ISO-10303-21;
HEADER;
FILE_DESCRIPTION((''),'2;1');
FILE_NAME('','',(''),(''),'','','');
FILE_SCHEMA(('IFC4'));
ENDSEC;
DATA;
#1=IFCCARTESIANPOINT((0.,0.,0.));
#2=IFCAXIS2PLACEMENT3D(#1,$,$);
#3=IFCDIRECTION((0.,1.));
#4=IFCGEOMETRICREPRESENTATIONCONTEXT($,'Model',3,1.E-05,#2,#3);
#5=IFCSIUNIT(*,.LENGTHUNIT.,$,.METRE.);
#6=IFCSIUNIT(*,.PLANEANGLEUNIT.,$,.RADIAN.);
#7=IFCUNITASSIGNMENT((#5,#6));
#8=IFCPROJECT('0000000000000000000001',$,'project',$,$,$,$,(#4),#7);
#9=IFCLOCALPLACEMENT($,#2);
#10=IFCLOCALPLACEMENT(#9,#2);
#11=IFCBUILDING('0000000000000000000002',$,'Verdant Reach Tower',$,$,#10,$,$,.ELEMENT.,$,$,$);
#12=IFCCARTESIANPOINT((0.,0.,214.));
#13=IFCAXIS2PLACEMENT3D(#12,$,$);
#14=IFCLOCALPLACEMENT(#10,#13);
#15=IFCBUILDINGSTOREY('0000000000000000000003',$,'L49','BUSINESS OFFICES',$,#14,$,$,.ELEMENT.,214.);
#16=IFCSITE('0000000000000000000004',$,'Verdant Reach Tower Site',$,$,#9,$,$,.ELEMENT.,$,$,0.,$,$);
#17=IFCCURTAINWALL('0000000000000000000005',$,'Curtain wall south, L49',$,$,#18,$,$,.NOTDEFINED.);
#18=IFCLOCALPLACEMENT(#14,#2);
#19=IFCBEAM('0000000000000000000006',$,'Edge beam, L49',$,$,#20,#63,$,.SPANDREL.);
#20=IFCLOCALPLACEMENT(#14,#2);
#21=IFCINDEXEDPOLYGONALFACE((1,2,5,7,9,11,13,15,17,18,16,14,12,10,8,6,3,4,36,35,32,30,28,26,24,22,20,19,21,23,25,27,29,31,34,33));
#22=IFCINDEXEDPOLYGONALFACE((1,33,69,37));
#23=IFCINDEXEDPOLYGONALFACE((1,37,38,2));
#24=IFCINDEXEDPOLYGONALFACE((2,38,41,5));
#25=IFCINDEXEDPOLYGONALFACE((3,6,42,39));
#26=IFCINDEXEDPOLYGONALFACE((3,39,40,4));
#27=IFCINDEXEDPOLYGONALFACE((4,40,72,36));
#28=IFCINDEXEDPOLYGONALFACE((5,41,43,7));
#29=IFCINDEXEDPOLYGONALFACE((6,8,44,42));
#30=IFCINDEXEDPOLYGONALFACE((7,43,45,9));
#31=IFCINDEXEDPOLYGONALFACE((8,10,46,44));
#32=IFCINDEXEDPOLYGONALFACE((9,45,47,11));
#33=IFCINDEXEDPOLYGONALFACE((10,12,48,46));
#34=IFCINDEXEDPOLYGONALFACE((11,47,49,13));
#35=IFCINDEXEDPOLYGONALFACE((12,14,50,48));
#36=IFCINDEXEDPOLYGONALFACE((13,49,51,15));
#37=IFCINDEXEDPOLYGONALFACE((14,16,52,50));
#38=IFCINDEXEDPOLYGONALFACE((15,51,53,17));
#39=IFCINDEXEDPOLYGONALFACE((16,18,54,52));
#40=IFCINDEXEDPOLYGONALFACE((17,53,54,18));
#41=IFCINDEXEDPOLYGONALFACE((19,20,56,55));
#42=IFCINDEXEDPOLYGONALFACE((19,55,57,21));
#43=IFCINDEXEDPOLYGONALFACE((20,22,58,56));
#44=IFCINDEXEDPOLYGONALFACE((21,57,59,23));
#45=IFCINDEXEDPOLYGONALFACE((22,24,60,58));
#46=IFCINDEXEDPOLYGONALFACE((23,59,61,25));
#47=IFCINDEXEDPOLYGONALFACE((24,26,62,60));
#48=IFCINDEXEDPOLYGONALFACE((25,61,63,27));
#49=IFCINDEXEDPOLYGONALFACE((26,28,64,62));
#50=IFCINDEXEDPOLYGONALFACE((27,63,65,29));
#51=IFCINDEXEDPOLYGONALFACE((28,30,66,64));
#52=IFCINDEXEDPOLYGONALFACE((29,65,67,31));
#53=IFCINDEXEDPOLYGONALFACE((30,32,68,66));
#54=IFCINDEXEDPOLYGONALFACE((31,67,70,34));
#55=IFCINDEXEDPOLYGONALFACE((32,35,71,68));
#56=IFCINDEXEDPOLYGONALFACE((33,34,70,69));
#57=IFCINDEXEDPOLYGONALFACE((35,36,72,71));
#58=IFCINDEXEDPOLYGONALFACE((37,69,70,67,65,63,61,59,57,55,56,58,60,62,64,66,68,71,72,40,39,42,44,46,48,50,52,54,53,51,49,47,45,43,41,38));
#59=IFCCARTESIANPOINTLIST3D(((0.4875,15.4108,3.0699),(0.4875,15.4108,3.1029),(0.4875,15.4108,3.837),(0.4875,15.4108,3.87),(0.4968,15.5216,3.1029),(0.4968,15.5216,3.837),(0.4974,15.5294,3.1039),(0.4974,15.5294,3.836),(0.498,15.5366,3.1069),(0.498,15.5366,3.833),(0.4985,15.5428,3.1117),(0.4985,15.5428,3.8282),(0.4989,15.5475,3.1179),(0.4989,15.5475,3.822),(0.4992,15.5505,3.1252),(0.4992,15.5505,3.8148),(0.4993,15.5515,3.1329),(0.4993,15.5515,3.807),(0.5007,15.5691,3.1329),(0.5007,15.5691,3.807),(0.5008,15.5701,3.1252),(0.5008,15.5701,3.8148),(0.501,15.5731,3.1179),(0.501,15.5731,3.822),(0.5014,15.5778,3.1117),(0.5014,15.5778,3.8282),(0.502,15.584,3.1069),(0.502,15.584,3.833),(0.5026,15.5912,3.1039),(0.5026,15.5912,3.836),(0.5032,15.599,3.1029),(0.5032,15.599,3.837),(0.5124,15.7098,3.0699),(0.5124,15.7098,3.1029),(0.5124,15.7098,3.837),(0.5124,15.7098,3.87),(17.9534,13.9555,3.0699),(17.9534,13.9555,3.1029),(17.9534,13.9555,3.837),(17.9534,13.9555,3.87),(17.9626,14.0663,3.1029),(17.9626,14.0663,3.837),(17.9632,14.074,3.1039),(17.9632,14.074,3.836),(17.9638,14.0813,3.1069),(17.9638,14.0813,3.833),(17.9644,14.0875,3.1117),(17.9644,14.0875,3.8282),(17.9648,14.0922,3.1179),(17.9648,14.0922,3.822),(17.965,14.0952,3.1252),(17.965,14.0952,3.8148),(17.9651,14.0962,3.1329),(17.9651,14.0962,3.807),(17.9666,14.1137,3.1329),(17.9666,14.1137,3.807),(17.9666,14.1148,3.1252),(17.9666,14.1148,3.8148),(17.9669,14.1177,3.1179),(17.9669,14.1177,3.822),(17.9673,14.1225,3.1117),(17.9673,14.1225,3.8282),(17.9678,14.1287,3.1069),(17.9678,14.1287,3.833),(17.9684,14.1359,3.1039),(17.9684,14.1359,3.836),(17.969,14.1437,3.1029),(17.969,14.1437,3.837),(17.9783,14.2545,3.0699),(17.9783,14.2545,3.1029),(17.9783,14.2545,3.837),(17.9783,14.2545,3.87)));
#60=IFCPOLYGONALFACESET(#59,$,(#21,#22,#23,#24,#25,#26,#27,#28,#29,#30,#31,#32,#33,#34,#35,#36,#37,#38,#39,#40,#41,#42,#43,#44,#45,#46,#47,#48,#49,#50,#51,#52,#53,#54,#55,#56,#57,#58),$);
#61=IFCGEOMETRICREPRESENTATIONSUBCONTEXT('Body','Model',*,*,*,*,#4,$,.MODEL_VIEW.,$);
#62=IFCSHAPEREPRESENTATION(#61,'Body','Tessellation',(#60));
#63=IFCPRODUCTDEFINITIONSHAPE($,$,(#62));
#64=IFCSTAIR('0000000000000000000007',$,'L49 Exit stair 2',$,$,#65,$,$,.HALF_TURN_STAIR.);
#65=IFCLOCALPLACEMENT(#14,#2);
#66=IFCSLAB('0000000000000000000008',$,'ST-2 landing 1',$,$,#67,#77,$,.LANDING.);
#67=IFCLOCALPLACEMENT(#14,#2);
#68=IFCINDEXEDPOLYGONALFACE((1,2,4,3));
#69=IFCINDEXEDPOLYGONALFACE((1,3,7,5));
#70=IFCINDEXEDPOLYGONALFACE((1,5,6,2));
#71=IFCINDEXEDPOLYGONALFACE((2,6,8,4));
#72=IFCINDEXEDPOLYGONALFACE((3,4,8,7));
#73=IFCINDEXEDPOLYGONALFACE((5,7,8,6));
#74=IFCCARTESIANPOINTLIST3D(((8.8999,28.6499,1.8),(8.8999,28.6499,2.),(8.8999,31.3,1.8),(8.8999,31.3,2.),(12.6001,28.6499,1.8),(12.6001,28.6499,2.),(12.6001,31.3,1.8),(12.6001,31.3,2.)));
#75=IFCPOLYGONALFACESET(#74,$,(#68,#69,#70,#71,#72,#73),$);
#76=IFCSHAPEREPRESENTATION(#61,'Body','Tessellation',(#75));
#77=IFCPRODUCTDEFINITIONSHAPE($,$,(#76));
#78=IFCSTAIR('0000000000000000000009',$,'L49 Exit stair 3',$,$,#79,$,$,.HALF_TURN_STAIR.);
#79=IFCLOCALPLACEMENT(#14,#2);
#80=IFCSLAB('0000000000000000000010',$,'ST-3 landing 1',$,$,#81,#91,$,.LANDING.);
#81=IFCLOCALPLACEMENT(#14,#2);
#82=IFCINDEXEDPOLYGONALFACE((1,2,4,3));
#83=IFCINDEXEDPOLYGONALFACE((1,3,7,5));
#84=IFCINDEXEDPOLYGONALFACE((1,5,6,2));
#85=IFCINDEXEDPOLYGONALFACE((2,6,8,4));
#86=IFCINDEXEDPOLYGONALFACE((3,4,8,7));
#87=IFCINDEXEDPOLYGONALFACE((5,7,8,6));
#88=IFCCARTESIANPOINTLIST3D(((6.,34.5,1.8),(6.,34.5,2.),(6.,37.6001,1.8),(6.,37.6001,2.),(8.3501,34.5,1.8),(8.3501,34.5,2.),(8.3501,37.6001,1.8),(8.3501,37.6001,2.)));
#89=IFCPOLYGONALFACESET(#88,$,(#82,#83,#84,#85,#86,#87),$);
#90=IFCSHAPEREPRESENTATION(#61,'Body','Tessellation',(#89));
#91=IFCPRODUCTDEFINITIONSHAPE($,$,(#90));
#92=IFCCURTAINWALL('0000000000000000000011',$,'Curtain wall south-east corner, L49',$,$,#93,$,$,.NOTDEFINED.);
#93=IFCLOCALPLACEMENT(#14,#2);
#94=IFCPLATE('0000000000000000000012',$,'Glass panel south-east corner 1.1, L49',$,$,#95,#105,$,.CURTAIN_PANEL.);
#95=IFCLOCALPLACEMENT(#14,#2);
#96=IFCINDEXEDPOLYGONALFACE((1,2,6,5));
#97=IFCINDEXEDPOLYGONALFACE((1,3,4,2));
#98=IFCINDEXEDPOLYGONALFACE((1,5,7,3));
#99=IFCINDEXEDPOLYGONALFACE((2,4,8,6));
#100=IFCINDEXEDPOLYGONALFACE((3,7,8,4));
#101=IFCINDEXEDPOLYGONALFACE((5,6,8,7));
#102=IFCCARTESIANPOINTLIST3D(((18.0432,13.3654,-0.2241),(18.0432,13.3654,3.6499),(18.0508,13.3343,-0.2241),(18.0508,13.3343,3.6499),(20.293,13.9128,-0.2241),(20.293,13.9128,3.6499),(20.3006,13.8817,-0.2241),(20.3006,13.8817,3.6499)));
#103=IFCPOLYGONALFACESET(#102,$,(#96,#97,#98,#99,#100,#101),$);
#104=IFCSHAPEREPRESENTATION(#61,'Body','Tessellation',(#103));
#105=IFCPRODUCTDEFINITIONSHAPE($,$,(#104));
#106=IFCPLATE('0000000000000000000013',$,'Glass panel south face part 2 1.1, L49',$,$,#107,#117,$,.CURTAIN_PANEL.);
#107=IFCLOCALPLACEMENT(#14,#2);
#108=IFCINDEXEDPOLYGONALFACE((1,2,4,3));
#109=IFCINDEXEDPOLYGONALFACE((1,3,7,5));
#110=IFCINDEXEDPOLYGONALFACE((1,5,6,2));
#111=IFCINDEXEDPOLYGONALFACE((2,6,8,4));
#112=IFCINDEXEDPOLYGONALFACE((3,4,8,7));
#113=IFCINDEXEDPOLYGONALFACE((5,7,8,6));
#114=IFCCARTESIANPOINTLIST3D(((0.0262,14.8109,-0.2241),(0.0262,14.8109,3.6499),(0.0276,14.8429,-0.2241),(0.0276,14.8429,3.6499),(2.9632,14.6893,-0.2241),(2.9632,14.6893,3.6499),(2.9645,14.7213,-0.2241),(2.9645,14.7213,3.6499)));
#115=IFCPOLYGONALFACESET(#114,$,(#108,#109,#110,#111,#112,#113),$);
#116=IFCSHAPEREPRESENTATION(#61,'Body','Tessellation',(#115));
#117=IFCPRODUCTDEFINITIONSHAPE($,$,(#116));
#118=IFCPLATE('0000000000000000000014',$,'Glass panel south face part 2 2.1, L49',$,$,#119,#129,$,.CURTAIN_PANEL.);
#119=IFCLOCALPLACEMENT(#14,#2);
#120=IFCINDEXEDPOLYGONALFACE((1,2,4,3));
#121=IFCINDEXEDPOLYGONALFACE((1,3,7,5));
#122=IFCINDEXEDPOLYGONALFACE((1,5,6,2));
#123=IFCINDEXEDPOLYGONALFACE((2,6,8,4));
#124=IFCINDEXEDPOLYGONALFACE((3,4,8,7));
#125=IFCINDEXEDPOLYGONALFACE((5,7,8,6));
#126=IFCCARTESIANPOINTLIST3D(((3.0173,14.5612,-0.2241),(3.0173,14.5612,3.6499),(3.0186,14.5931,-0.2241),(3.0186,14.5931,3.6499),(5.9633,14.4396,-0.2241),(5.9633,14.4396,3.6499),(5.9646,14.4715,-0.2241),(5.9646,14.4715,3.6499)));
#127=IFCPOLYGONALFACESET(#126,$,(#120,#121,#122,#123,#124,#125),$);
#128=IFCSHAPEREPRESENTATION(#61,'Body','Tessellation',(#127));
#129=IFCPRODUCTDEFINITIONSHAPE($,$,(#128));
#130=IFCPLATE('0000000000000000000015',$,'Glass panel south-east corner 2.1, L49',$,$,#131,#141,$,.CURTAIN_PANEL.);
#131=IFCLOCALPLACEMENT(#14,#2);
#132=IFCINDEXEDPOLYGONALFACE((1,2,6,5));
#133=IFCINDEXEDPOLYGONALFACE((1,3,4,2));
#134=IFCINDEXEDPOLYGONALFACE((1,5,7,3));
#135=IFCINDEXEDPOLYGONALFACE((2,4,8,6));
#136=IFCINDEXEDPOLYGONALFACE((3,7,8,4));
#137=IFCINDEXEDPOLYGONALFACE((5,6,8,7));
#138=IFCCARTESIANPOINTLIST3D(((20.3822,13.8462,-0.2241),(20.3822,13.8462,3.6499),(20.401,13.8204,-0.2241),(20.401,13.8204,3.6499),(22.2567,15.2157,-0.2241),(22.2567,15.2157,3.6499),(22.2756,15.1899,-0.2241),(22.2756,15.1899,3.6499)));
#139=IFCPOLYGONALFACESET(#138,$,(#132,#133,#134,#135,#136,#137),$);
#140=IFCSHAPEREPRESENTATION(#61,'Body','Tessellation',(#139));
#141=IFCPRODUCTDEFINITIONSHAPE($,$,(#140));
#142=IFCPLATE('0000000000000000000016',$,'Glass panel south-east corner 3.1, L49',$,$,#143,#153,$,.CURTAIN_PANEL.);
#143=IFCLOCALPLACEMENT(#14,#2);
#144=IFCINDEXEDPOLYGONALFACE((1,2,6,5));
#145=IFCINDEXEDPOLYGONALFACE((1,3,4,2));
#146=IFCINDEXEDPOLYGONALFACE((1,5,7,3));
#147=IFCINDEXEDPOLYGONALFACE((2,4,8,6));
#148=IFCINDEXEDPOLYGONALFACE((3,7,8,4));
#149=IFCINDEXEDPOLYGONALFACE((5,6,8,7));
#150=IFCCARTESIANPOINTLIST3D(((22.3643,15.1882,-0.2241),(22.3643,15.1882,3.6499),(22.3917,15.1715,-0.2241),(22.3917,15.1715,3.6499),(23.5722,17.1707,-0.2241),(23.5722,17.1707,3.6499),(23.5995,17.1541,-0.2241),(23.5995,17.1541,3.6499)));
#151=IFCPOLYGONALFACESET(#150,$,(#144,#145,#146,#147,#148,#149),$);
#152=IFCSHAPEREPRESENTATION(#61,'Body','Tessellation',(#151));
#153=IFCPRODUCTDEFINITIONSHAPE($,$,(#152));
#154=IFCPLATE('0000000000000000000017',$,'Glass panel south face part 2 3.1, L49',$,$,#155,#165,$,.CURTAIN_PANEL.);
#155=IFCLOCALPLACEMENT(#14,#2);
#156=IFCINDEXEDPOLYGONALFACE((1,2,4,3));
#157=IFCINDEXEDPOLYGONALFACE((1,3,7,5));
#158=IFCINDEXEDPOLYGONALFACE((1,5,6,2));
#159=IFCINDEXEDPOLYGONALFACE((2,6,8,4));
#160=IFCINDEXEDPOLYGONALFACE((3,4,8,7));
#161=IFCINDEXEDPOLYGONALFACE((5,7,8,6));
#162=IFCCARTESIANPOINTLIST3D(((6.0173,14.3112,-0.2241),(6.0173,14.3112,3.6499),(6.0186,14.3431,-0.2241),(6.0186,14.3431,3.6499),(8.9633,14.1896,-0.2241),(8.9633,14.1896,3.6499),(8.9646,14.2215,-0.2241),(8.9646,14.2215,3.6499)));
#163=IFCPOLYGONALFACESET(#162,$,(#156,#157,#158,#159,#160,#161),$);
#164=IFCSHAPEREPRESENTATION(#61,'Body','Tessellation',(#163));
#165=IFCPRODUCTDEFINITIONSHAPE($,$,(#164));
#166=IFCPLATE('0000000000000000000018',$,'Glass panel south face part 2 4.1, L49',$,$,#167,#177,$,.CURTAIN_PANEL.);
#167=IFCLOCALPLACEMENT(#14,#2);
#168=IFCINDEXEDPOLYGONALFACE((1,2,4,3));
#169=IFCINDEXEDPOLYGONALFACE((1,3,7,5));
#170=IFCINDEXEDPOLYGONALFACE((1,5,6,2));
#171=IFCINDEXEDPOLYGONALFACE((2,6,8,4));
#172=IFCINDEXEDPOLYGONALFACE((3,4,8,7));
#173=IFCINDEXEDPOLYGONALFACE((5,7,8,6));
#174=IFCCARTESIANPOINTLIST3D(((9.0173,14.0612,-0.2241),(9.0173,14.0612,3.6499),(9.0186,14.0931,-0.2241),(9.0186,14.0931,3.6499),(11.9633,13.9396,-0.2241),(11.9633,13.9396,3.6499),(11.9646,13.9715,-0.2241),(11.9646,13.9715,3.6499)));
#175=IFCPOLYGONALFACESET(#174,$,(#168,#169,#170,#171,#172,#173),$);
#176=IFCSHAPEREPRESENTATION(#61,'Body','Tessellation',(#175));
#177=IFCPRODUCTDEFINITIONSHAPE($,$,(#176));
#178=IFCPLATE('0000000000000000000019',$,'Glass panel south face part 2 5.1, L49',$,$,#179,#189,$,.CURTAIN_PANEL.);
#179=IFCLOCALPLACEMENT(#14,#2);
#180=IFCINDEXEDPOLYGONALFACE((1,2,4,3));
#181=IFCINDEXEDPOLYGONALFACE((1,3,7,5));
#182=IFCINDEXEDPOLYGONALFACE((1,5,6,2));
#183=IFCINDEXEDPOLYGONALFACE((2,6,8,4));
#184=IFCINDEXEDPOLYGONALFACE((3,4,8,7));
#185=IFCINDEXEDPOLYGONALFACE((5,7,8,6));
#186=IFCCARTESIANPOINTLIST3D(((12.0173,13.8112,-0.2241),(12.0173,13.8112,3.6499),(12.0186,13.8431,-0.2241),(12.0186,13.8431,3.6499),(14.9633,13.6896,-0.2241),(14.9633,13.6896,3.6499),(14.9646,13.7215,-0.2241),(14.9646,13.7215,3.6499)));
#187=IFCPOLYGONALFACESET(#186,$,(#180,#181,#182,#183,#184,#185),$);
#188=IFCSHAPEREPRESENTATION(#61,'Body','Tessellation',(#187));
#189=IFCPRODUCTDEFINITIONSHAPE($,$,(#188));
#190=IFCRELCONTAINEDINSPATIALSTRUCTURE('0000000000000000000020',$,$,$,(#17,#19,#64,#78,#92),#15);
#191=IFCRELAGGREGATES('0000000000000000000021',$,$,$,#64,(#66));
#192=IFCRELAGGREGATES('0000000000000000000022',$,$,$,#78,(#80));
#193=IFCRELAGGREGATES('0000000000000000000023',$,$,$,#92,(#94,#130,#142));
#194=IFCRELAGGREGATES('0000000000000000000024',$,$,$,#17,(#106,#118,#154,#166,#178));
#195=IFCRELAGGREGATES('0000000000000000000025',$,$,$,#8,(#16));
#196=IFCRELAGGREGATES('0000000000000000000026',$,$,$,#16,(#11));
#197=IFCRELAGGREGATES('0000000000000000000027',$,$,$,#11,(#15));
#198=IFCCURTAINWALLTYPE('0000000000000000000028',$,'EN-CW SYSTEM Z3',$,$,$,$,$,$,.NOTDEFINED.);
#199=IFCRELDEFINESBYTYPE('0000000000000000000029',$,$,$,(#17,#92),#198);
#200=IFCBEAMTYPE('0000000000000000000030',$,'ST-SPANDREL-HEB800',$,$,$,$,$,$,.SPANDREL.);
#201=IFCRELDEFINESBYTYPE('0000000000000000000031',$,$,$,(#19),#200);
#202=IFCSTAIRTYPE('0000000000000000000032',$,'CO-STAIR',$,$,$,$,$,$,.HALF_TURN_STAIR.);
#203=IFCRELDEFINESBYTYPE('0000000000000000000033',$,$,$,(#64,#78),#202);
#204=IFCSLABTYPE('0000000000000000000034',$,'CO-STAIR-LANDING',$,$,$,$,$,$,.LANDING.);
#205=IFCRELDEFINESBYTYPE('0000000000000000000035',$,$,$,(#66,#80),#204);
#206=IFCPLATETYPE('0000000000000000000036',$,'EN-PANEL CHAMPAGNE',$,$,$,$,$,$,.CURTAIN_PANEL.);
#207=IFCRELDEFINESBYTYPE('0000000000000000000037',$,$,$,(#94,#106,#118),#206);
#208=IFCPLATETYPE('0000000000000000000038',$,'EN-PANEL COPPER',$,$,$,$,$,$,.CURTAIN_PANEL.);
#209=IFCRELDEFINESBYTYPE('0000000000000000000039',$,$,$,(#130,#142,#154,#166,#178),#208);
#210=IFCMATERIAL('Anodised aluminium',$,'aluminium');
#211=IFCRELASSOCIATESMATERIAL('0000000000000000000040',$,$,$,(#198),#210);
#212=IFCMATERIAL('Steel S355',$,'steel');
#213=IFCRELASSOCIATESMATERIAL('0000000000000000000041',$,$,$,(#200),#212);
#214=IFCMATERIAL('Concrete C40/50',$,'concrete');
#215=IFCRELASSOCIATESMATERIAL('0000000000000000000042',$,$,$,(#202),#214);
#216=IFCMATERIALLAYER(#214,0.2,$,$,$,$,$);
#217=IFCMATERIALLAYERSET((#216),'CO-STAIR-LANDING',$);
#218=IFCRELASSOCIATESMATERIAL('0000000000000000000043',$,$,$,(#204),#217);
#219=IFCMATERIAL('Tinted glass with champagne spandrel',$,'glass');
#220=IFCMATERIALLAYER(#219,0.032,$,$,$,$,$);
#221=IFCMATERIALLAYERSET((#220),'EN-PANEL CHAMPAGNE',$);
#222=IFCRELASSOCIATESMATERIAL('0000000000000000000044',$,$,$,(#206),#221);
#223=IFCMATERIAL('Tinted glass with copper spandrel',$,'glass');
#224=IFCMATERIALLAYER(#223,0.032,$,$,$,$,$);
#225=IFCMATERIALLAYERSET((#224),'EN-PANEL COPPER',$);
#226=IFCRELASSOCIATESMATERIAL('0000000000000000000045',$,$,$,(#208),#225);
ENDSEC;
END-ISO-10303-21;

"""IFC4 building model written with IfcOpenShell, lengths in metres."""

from ifc_helpers import new_model, si_unit, direction, frame, origin, origin_2d, place, context, subcontext, project, spatial, polyline, rectangle, i_section, outline, extrude, material, layer, layer_set, material_profile, profile_set, type_object, element, aggregate, save


model = new_model("IFC4")

# Units and contexts
model_context = context("Model", 3, precision=1e-05, world=origin(), true_north=direction((0.0, 1.0)))
body_context = subcontext(model_context, "Body", "Model", "MODEL_VIEW")
ifc_project = project(units=[si_unit("LENGTHUNIT", "METRE"), si_unit("PLANEANGLEUNIT", "RADIAN")], contexts=[model_context])

# Site, building, storey
site_placement = place(None, origin())
site = spatial("IfcSite", under=ifc_project, at=site_placement, Name="Verdant Reach Tower Site", CompositionType="ELEMENT", RefElevation=0.0)
building_placement = place(site_placement, origin())
building = spatial("IfcBuilding", under=site, at=building_placement, Name="Verdant Reach Tower", CompositionType="ELEMENT")
storey_placement = place(building_placement, frame((0.0, 0.0, 214.0)))
storey = spatial("IfcBuildingStorey", under=building, at=storey_placement, Name="L49", Description="BUSINESS OFFICES", CompositionType="ELEMENT", Elevation=214.0)

# Curtain wall
ifc_material_1 = material(Name="Anodised aluminium", Category="aluminium")
curtain_wall_type = type_object("IfcCurtainWallType", Name="EN-CW SYSTEM Z3", PredefinedType="NOTDEFINED", material=ifc_material_1)
curtain_wall_1_placement = place(storey_placement, origin())
curtain_wall_1 = element("IfcCurtainWall", 1, at=curtain_wall_1_placement, inside=storey, type_object=curtain_wall_type, Name="Curtain wall south, L49", PredefinedType="NOTDEFINED")

# Beam
ifc_material_2 = material(Name="Steel S355", Category="steel")
ifc_material_profile_1 = material_profile(ifc_material_2, i_section(OverallWidth=0.3, OverallDepth=0.8, WebThickness=0.0176, FlangeThickness=0.033, FilletRadius=0.03, at=origin_2d()), Name="HEB 800")
ifc_profile_set_1 = profile_set([ifc_material_profile_1], Name="Steel S355")
beam_type_1 = type_object("IfcBeamType", Name="ST-SPANDREL-HEB800", PredefinedType="SPANDREL", material=ifc_profile_set_1)
beam_1_placement = place(storey_placement, frame((17.9658, 14.105, 3.47), z_axis=(-0.996547, 0.083036, 0.0), x_axis=(-0.083036, -0.996547, 0.0)))
element("IfcBeam", 2, at=beam_1_placement, inside=storey, type_object=beam_type_1, Name="Edge beam, L49", PredefinedType="SPANDREL", context=body_context, shape_type="SweptSolid", body=[
    extrude(i_section(OverallWidth=0.3, OverallDepth=0.8, WebThickness=0.0176, FlangeThickness=0.033, FilletRadius=0.03, at=origin_2d()), origin(), (0.0, 0.0, 1.0), 17.5264),
])

# Stairs, slabs
ifc_material_3 = material(Name="Concrete C40/50", Category="concrete")
stair_type = type_object("IfcStairType", Name="CO-STAIR", PredefinedType="HALF_TURN_STAIR", material=ifc_material_3)
stair_1_placement = place(storey_placement, origin())
stair_1 = element("IfcStair", 3, at=stair_1_placement, inside=storey, type_object=stair_type, Name="L49 Exit stair 2", PredefinedType="HALF_TURN_STAIR")
ifc_layer_1 = layer(ifc_material_3, 0.2)
ifc_layer_set_1 = layer_set([ifc_layer_1], Name="CO-STAIR-LANDING")
slab_type = type_object("IfcSlabType", Name="CO-STAIR-LANDING", PredefinedType="LANDING", material=ifc_layer_set_1)
slab_1_placement = place(storey_placement, frame((0.0, 0.0, 1.8)))
slab_1 = element("IfcSlab", 4, at=slab_1_placement, type_object=slab_type, Name="ST-2 landing 1", PredefinedType="LANDING", context=body_context, shape_type="SweptSolid", body=[
    extrude(outline(polyline([(12.6001, 28.6499), (12.6001, 31.3), (8.8999, 31.3), (8.8999, 28.6499), (12.6001, 28.6499)])), origin(), (0.0, 0.0, 1.0), 0.2),
])
aggregate(stair_1, [slab_1])
stair_2_placement = place(storey_placement, origin())
stair_2 = element("IfcStair", 5, at=stair_2_placement, inside=storey, type_object=stair_type, Name="L49 Exit stair 3", PredefinedType="HALF_TURN_STAIR")
slab_2_placement = place(storey_placement, frame((0.0, 0.0, 1.8)))
slab_2 = element("IfcSlab", 6, at=slab_2_placement, type_object=slab_type, Name="ST-3 landing 1", PredefinedType="LANDING", context=body_context, shape_type="SweptSolid", body=[
    extrude(outline(polyline([(8.3501, 37.6001), (6.0, 37.6001), (6.0, 34.5), (8.3501, 34.5), (8.3501, 37.6001)])), origin(), (0.0, 0.0, 1.0), 0.2),
])
aggregate(stair_2, [slab_2])

# Curtain wall, plate
curtain_wall_2_placement = place(storey_placement, origin())
curtain_wall_2 = element("IfcCurtainWall", 7, at=curtain_wall_2_placement, inside=storey, type_object=curtain_wall_type, Name="Curtain wall south-east corner, L49", PredefinedType="NOTDEFINED")
ifc_material_4 = material(Name="Tinted glass with champagne spandrel", Category="glass")
ifc_layer_2 = layer(ifc_material_4, 0.032)
ifc_layer_set_2 = layer_set([ifc_layer_2], Name="EN-PANEL CHAMPAGNE")
plate_type_1 = type_object("IfcPlateType", Name="EN-PANEL CHAMPAGNE", PredefinedType="CURTAIN_PANEL", material=ifc_layer_set_2)
plate_1_placement = place(storey_placement, frame((19.1719, 13.6235, -0.2241), z_axis=(0.0, 0.0, 1.0), x_axis=(0.971655, 0.236403, 0.0)))
plate_1 = element("IfcPlate", 8, at=plate_1_placement, type_object=plate_type_1, Name="Glass panel south-east corner 1.1, L49", PredefinedType="CURTAIN_PANEL", context=body_context, shape_type="SweptSolid", body=[
    extrude(rectangle(XDim=2.3154, YDim=0.032, at=origin_2d()), origin(), (0.0, 0.0, 1.0), 3.874),
])

# Plates
plate_2_placement = place(storey_placement, frame((1.4954, 14.7661, -0.2241), z_axis=(0.0, 0.0, 1.0), x_axis=(0.999144, -0.041367, 0.0)))
plate_2 = element("IfcPlate", 9, at=plate_2_placement, type_object=plate_type_1, Name="Glass panel south face part 2 1.1, L49", PredefinedType="CURTAIN_PANEL", context=body_context, shape_type="SweptSolid", body=[
    extrude(rectangle(XDim=2.9395, YDim=0.032, at=origin_2d()), origin(), (0.0, 0.0, 1.0), 3.874),
])
plate_3_placement = place(storey_placement, frame((4.491, 14.5164, -0.2241), z_axis=(0.0, 0.0, 1.0), x_axis=(0.999149, -0.041242, 0.0)))
plate_3 = element("IfcPlate", 10, at=plate_3_placement, type_object=plate_type_1, Name="Glass panel south face part 2 2.1, L49", PredefinedType="CURTAIN_PANEL", context=body_context, shape_type="SweptSolid", body=[
    extrude(rectangle(XDim=2.9485, YDim=0.032, at=origin_2d()), origin(), (0.0, 0.0, 1.0), 3.874),
])
ifc_material_5 = material(Name="Tinted glass with copper spandrel", Category="glass")
ifc_layer_3 = layer(ifc_material_5, 0.032)
ifc_layer_set_3 = layer_set([ifc_layer_3], Name="EN-PANEL COPPER")
plate_type_2 = type_object("IfcPlateType", Name="EN-PANEL COPPER", PredefinedType="CURTAIN_PANEL", material=ifc_layer_set_3)
plate_4_placement = place(storey_placement, frame((21.3289, 14.5181, -0.2241), z_axis=(0.0, 0.0, 1.0), x_axis=(0.807457, 0.589927, 0.0)))
plate_4 = element("IfcPlate", 11, at=plate_4_placement, type_object=plate_type_2, Name="Glass panel south-east corner 2.1, L49", PredefinedType="CURTAIN_PANEL", context=body_context, shape_type="SweptSolid", body=[
    extrude(rectangle(XDim=2.3215, YDim=0.032, at=origin_2d()), origin(), (0.0, 0.0, 1.0), 3.874),
])
plate_5_placement = place(storey_placement, frame((22.9819, 16.1711, -0.2241), z_axis=(0.0, 0.0, 1.0), x_axis=(0.520292, 0.853989, 0.0)))
plate_5 = element("IfcPlate", 12, at=plate_5_placement, type_object=plate_type_2, Name="Glass panel south-east corner 3.1, L49", PredefinedType="CURTAIN_PANEL", context=body_context, shape_type="SweptSolid", body=[
    extrude(rectangle(XDim=2.3215, YDim=0.032, at=origin_2d()), origin(), (0.0, 0.0, 1.0), 3.874),
])
plate_6_placement = place(storey_placement, frame((7.491, 14.2664, -0.2241), z_axis=(0.0, 0.0, 1.0), x_axis=(0.999149, -0.041242, 0.0)))
plate_6 = element("IfcPlate", 13, at=plate_6_placement, type_object=plate_type_2, Name="Glass panel south face part 2 3.1, L49", PredefinedType="CURTAIN_PANEL", context=body_context, shape_type="SweptSolid", body=[
    extrude(rectangle(XDim=2.9485, YDim=0.032, at=origin_2d()), origin(), (0.0, 0.0, 1.0), 3.874),
])
plate_7_placement = place(storey_placement, frame((10.491, 14.0164, -0.2241), z_axis=(0.0, 0.0, 1.0), x_axis=(0.999149, -0.041242, 0.0)))
plate_7 = element("IfcPlate", 14, at=plate_7_placement, type_object=plate_type_2, Name="Glass panel south face part 2 4.1, L49", PredefinedType="CURTAIN_PANEL", context=body_context, shape_type="SweptSolid", body=[
    extrude(rectangle(XDim=2.9485, YDim=0.032, at=origin_2d()), origin(), (0.0, 0.0, 1.0), 3.874),
])
plate_8_placement = place(storey_placement, frame((13.491, 13.7664, -0.2241), z_axis=(0.0, 0.0, 1.0), x_axis=(0.999149, -0.041242, 0.0)))
plate_8 = element("IfcPlate", 15, at=plate_8_placement, type_object=plate_type_2, Name="Glass panel south face part 2 5.1, L49", PredefinedType="CURTAIN_PANEL", context=body_context, shape_type="SweptSolid", body=[
    extrude(rectangle(XDim=2.9485, YDim=0.032, at=origin_2d()), origin(), (0.0, 0.0, 1.0), 3.874),
])
aggregate(curtain_wall_2, [plate_1, plate_4, plate_5])
aggregate(curtain_wall_1, [plate_2, plate_3, plate_6, plate_7, plate_8])

save(model, "model.ifc")
